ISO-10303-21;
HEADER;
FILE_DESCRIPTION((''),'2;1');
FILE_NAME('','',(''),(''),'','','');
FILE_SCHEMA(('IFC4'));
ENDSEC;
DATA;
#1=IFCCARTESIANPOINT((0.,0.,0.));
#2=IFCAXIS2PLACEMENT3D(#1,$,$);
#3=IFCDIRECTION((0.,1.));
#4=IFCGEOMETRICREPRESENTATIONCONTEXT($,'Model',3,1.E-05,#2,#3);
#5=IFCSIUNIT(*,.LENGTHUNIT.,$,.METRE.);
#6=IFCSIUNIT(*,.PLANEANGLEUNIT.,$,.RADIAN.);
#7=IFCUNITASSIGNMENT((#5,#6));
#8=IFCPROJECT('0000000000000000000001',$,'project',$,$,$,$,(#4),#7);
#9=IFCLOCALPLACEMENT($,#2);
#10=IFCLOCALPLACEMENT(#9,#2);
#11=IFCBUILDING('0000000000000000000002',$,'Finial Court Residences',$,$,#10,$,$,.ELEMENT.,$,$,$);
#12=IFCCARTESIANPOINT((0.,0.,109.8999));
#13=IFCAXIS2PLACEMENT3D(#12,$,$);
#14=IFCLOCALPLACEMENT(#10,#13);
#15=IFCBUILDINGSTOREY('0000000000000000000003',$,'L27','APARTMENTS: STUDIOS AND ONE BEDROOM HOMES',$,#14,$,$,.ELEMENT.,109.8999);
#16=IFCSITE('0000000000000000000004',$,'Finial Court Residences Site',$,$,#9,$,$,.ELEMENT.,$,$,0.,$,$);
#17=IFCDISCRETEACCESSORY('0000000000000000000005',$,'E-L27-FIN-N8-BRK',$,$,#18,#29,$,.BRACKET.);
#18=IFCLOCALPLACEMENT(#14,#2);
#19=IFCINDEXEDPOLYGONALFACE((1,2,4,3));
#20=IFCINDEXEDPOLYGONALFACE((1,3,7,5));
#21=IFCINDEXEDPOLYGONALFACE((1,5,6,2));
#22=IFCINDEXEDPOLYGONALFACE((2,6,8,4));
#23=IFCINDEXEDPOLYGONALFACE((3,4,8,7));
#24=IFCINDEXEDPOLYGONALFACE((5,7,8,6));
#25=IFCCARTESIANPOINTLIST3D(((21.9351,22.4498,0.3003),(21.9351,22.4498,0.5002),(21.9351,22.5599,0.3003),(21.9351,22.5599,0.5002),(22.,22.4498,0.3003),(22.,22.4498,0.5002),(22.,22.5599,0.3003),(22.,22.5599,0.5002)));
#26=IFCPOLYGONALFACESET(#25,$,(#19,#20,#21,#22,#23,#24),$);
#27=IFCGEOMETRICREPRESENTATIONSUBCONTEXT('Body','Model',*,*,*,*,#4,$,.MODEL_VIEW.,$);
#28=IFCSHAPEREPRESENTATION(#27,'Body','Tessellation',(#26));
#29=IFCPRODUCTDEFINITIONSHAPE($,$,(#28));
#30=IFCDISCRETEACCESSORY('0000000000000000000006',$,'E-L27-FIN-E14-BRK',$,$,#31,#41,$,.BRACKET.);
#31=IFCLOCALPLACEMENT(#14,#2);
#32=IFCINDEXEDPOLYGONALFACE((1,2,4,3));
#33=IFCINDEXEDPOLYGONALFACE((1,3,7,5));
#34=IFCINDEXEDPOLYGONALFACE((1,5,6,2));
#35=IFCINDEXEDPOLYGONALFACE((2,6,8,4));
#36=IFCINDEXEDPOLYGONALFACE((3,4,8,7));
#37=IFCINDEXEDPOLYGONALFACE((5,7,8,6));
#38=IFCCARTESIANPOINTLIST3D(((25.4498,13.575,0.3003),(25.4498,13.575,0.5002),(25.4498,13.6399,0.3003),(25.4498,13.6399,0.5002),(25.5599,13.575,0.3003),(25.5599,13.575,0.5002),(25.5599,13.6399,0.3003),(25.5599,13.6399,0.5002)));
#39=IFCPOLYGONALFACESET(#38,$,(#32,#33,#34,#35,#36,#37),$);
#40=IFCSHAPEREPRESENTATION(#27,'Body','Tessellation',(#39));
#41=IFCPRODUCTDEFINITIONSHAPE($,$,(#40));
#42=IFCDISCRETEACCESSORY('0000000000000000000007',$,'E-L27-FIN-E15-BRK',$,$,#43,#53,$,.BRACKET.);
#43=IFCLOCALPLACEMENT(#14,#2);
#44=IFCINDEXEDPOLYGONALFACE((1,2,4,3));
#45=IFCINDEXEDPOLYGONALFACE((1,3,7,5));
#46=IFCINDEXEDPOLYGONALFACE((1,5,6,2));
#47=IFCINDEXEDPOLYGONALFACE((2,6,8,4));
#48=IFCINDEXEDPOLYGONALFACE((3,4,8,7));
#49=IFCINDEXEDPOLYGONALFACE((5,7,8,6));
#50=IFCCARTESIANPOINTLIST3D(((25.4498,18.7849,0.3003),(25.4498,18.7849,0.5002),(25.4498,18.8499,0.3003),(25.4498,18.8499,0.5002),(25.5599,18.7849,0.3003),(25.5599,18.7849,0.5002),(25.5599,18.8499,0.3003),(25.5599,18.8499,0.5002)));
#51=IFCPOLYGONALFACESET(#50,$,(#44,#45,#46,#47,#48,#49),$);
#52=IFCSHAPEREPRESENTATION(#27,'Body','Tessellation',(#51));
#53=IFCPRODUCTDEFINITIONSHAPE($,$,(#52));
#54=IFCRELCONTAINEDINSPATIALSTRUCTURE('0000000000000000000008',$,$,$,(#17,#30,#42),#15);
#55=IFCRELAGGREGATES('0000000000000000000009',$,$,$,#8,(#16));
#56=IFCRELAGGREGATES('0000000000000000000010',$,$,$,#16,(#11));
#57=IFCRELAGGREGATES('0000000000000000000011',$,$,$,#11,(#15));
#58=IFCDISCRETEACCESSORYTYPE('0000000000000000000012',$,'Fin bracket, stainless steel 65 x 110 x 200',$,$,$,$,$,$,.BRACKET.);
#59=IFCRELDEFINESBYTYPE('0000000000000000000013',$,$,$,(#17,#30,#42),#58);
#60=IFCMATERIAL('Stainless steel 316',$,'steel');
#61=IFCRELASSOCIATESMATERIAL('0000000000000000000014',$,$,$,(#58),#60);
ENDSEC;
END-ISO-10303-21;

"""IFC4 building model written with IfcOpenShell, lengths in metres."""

from ifc_helpers import new_model, si_unit, direction, frame, origin, origin_2d, place, context, subcontext, project, spatial, rectangle, extrude, material, type_object, element, save


model = new_model("IFC4")

# Units and contexts
model_context = context("Model", 3, precision=1e-05, world=origin(), true_north=direction((0.0, 1.0)))
body_context = subcontext(model_context, "Body", "Model", "MODEL_VIEW")
ifc_project = project(units=[si_unit("LENGTHUNIT", "METRE"), si_unit("PLANEANGLEUNIT", "RADIAN")], contexts=[model_context])

# Site, building, storey
site_placement = place(None, origin())
site = spatial("IfcSite", under=ifc_project, at=site_placement, Name="Finial Court Residences Site", CompositionType="ELEMENT", RefElevation=0.0)
building_placement = place(site_placement, origin())
building = spatial("IfcBuilding", under=site, at=building_placement, Name="Finial Court Residences", CompositionType="ELEMENT")
storey_placement = place(building_placement, frame((0.0, 0.0, 109.8999)))
storey = spatial("IfcBuildingStorey", under=building, at=storey_placement, Name="L27", Description="APARTMENTS: STUDIOS AND ONE BEDROOM HOMES", CompositionType="ELEMENT", Elevation=109.8999)

# Discrete accessories
ifc_material_1 = material(Name="Stainless steel 316", Category="steel")
discrete_accessory_type = type_object("IfcDiscreteAccessoryType", Name="Fin bracket, stainless steel 65 x 110 x 200", PredefinedType="BRACKET", material=ifc_material_1)
for number, where, z_axis, x_axis, name in (
    (1, (21.9675, 22.5049, 0.3003), (0.0, 0.0, 1.0), (1.0, 0.0, 0.0), "E-L27-FIN-N8-BRK"),
):
    element("IfcDiscreteAccessory", number, at=place(storey_placement, frame(where, z_axis=z_axis, x_axis=x_axis)), inside=storey, type_object=discrete_accessory_type, Name=name, PredefinedType="BRACKET", context=body_context, shape_type="SweptSolid", body=[
        extrude(rectangle(XDim=0.0649, YDim=0.1101, at=origin_2d()), origin(), (0.0, 0.0, 1.0), 0.2),
    ])
for number, where, z_axis, x_axis, name in (
    (2, (25.5049, 13.6074, 0.3003), (0.0, 0.0, 1.0), (1.0, 0.0, 0.0), "E-L27-FIN-E14-BRK"),
    (3, (25.5049, 18.8174, 0.3003), (0.0, 0.0, 1.0), (1.0, 0.0, 0.0), "E-L27-FIN-E15-BRK"),
):
    element("IfcDiscreteAccessory", number, at=place(storey_placement, frame(where, z_axis=z_axis, x_axis=x_axis)), inside=storey, type_object=discrete_accessory_type, Name=name, PredefinedType="BRACKET", context=body_context, shape_type="SweptSolid", body=[
        extrude(rectangle(XDim=0.1101, YDim=0.0649, at=origin_2d()), origin(), (0.0, 0.0, 1.0), 0.2),
    ])

save(model, "model.ifc")
